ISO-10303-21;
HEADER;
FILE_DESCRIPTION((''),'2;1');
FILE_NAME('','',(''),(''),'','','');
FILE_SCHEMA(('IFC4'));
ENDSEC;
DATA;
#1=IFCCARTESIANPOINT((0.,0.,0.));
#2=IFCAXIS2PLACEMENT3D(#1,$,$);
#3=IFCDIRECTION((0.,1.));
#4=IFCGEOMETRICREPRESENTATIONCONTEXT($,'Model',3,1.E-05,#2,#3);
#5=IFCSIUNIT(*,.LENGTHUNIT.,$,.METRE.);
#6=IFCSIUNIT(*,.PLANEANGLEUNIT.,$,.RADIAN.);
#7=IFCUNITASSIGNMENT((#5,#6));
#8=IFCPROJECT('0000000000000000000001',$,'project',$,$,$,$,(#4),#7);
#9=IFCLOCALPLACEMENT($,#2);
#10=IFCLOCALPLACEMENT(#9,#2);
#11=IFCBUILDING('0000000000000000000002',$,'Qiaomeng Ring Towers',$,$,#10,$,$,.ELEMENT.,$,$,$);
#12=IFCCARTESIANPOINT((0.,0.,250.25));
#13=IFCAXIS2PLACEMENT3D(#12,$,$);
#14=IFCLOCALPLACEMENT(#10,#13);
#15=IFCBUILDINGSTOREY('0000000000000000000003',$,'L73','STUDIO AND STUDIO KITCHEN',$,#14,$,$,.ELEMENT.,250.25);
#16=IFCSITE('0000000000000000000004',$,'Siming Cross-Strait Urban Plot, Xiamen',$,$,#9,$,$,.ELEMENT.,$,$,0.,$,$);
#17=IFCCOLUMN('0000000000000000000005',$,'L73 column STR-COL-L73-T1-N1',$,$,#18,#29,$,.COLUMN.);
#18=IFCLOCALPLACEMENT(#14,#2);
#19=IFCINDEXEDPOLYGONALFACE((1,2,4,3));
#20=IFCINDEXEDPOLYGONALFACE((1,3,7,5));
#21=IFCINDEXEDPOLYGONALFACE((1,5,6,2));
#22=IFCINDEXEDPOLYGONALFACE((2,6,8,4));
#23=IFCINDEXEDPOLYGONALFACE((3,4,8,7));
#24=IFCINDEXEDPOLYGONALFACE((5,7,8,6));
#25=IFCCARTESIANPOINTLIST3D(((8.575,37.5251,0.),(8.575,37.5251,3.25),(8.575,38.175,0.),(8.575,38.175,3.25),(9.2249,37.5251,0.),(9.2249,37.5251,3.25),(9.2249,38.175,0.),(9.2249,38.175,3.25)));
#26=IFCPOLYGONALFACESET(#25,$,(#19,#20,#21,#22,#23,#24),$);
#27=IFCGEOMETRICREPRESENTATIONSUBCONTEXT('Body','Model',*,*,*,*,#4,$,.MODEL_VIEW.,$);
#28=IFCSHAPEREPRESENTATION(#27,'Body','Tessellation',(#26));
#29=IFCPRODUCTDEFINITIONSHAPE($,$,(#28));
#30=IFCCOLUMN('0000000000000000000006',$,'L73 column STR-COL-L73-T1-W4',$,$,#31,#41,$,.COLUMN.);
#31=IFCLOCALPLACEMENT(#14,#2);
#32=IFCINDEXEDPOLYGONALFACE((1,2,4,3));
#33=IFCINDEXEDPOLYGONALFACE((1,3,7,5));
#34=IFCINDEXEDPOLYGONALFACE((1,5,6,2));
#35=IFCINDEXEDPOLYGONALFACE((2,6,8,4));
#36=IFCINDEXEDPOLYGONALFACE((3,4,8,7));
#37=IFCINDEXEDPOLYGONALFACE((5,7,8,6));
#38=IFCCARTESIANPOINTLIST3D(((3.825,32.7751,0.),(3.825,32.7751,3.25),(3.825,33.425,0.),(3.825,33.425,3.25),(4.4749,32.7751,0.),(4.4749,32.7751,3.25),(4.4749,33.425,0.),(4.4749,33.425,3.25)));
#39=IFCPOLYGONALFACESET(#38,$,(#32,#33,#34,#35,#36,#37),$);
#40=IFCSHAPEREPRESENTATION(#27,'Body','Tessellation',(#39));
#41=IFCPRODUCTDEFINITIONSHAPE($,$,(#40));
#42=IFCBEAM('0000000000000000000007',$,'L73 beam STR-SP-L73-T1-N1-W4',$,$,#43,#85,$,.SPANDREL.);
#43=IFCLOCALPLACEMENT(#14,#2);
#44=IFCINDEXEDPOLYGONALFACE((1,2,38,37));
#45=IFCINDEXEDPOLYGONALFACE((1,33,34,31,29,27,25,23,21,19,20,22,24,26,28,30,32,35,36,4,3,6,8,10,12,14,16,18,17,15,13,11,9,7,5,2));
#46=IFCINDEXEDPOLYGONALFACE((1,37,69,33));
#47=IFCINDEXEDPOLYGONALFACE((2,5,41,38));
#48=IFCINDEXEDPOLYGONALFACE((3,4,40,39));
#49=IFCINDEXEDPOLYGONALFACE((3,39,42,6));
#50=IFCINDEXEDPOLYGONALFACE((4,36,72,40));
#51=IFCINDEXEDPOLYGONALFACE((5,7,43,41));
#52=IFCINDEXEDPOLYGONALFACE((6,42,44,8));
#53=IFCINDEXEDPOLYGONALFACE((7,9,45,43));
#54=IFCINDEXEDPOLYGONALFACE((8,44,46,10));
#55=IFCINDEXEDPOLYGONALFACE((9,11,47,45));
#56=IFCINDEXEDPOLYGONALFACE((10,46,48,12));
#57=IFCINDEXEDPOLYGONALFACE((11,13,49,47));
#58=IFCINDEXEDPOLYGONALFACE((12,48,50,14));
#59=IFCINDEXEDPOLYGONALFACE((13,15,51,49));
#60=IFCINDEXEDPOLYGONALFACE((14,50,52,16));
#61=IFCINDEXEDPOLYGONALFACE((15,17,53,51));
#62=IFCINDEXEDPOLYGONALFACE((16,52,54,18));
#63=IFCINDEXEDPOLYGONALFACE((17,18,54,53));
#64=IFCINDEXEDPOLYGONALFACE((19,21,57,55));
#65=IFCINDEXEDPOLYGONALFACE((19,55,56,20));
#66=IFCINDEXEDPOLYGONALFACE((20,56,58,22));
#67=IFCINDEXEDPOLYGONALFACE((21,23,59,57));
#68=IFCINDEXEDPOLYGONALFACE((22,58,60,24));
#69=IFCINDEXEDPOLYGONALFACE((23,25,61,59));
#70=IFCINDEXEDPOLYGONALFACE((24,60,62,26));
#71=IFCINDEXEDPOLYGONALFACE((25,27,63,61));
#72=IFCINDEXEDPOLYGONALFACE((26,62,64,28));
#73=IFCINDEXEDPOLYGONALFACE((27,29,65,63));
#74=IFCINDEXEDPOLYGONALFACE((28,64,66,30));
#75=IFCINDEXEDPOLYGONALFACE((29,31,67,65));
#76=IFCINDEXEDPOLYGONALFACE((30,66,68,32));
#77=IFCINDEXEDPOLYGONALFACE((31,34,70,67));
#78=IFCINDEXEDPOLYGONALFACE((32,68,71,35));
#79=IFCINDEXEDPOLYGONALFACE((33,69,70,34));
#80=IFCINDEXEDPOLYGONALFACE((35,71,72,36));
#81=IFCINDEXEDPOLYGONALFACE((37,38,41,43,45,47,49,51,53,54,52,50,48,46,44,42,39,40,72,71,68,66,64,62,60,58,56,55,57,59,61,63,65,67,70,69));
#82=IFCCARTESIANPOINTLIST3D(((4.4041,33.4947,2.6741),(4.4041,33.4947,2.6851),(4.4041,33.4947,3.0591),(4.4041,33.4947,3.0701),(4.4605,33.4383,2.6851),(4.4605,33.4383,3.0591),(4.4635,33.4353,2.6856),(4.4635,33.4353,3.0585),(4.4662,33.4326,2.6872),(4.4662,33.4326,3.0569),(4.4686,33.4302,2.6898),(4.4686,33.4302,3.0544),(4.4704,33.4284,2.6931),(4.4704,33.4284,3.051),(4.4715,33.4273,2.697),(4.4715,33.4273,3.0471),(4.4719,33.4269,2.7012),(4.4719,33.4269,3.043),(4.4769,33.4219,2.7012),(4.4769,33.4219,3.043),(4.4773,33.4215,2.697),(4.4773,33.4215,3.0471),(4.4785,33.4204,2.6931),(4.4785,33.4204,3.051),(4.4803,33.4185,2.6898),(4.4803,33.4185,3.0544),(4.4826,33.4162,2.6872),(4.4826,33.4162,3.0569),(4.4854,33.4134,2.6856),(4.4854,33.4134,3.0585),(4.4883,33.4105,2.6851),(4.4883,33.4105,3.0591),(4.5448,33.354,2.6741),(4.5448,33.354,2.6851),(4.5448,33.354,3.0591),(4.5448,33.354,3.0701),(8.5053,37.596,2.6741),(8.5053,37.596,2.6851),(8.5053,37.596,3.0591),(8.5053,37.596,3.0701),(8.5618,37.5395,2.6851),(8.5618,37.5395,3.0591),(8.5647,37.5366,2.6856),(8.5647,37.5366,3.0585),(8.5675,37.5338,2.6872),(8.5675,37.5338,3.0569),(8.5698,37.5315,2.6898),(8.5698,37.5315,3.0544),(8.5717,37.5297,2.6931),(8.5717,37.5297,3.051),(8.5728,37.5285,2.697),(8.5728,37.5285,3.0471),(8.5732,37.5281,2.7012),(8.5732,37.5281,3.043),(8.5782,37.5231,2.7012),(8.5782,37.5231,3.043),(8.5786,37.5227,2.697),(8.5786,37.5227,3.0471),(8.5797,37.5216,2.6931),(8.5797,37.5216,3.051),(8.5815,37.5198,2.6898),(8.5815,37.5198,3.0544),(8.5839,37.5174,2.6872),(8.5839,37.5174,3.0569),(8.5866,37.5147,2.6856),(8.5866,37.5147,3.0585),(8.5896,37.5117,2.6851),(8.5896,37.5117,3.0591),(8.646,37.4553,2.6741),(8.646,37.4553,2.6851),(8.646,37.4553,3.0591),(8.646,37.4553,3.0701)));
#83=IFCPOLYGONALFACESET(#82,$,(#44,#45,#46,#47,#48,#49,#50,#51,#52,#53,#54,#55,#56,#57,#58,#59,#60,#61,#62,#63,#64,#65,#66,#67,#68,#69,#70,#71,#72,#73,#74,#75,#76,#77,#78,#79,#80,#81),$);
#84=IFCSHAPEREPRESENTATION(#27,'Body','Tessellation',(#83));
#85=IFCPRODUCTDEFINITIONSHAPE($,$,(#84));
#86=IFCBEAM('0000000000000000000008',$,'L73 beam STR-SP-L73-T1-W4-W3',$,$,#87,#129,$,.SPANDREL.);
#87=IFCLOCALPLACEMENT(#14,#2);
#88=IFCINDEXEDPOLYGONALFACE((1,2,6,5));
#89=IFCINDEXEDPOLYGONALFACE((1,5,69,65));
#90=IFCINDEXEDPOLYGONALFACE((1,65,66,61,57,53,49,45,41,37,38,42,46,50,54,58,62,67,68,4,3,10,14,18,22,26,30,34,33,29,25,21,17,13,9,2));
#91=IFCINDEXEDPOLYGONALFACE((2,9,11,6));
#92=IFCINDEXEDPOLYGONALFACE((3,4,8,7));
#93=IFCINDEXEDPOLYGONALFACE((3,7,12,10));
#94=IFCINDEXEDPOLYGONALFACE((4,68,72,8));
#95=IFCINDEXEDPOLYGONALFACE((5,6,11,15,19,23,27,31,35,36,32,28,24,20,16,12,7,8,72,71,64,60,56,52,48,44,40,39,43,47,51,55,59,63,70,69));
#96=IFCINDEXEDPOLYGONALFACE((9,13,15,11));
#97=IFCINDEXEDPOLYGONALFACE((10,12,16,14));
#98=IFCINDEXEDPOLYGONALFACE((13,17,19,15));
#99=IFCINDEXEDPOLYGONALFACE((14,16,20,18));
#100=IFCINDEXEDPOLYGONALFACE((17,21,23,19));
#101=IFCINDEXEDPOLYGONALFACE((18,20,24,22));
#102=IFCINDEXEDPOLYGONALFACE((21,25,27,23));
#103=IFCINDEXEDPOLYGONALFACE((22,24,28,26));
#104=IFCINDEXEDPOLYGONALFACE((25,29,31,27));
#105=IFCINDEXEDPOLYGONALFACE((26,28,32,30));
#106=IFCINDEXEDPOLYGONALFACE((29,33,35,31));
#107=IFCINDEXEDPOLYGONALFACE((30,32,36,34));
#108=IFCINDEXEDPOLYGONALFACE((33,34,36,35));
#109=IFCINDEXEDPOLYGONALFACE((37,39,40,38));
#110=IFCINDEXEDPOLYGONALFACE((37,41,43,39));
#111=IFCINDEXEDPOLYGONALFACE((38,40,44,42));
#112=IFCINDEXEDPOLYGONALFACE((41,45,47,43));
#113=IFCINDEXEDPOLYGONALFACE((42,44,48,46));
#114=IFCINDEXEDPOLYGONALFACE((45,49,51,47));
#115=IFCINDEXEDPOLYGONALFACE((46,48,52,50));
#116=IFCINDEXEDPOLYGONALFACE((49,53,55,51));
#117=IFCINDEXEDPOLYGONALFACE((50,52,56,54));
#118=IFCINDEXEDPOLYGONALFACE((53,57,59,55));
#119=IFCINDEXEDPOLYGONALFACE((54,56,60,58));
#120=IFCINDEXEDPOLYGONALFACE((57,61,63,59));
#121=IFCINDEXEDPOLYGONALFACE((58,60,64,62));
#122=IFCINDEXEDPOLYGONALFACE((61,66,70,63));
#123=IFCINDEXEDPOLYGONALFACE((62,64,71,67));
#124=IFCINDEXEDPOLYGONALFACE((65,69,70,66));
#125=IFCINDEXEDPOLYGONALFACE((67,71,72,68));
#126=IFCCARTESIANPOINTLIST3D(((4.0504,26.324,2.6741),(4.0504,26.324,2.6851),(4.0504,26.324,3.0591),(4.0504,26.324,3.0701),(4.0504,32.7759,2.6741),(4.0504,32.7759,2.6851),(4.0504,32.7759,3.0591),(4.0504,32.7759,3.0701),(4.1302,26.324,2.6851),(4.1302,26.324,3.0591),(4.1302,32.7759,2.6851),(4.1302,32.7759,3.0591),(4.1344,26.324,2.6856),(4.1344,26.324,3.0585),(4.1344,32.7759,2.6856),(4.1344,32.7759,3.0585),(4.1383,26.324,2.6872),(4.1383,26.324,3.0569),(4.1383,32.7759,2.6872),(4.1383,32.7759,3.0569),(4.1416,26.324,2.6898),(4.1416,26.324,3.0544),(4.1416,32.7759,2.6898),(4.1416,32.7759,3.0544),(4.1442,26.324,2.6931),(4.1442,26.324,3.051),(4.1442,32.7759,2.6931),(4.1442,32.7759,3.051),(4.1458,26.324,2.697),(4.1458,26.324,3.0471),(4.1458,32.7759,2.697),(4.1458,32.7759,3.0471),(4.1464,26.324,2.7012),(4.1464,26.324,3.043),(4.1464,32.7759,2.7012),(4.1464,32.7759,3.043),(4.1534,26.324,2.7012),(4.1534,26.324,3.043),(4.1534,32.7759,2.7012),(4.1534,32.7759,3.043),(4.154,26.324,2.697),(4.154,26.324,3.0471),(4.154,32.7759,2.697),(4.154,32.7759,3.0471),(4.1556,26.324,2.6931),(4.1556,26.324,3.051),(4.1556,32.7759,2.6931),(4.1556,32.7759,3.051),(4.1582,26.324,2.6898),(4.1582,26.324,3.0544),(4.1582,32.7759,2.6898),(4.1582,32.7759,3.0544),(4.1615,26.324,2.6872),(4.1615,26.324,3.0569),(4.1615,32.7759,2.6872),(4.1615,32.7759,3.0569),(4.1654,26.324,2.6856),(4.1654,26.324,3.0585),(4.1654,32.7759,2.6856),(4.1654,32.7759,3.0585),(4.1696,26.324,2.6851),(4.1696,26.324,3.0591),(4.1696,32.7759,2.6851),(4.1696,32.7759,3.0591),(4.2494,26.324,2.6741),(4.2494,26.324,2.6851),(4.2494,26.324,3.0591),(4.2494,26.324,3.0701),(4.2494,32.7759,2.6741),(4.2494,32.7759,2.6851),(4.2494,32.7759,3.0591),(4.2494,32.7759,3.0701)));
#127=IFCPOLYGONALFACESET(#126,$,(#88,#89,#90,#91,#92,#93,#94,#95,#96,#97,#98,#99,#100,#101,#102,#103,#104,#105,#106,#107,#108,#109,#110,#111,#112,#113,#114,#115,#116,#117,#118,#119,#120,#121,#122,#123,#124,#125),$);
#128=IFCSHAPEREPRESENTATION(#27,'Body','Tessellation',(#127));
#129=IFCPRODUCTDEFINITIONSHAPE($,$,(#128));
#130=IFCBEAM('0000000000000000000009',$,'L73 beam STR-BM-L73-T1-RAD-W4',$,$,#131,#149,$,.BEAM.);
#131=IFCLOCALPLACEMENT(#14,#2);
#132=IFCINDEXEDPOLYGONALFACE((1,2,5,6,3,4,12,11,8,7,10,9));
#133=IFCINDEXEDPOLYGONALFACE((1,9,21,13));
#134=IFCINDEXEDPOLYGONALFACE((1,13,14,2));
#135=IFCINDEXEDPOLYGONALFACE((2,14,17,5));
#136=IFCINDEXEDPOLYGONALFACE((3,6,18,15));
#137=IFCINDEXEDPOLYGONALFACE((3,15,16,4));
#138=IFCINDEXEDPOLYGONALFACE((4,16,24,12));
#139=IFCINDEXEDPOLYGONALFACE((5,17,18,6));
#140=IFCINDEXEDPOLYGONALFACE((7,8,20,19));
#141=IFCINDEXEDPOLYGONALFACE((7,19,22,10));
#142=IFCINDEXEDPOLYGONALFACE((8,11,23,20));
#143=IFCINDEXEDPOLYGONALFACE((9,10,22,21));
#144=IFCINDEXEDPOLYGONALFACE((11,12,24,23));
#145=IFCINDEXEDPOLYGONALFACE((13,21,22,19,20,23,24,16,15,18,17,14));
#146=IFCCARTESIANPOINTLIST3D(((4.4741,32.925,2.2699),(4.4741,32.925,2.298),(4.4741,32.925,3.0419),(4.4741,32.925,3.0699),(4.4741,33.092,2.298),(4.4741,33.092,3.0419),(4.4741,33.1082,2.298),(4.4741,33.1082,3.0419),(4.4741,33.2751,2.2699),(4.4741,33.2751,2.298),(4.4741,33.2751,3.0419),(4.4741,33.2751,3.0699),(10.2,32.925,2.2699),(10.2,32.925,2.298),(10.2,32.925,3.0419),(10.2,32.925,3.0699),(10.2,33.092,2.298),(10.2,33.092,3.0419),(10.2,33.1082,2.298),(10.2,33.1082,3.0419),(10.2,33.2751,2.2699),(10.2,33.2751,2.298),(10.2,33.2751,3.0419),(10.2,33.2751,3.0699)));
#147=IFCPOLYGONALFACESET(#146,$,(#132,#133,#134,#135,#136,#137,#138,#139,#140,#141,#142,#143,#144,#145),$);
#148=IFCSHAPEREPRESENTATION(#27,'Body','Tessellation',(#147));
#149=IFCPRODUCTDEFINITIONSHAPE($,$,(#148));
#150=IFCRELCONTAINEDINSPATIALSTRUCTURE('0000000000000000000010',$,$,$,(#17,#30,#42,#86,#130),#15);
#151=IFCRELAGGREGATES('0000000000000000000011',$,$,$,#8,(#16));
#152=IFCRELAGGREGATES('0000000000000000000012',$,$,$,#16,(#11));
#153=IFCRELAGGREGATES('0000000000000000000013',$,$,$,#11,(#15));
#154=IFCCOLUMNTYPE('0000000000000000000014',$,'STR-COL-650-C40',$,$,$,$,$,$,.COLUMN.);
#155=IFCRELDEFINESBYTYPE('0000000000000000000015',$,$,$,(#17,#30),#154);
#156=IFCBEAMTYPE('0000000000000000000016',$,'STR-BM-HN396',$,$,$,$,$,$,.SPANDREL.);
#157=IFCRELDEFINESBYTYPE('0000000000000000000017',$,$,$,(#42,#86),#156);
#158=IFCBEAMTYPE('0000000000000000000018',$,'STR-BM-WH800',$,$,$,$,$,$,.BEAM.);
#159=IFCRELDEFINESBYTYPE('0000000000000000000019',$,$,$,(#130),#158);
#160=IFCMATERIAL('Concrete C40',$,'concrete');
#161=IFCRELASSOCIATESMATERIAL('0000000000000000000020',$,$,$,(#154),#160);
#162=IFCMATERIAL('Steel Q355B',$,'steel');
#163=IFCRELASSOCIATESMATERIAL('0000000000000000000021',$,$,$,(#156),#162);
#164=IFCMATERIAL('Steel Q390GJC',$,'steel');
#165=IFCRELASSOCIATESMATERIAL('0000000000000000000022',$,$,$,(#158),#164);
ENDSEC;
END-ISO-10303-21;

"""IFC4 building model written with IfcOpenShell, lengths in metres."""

from ifc_helpers import new_model, si_unit, direction, frame, origin, origin_2d, place, context, subcontext, project, spatial, rectangle, i_section, extrude, source, transform, mapped, material, material_profile, profile_set, type_object, element, save


model = new_model("IFC4")

# Units and contexts
model_context = context("Model", 3, precision=1e-05, world=origin(), true_north=direction((0.0, 1.0)))
body_context = subcontext(model_context, "Body", "Model", "MODEL_VIEW")
ifc_project = project(units=[si_unit("LENGTHUNIT", "METRE"), si_unit("PLANEANGLEUNIT", "RADIAN")], contexts=[model_context])

# Site, building, storey
site_placement = place(None, origin())
site = spatial("IfcSite", under=ifc_project, at=site_placement, Name="Siming Cross-Strait Urban Plot, Xiamen", CompositionType="ELEMENT", RefElevation=0.0)
building_placement = place(site_placement, origin())
building = spatial("IfcBuilding", under=site, at=building_placement, Name="Qiaomeng Ring Towers", CompositionType="ELEMENT")
storey_placement = place(building_placement, frame((0.0, 0.0, 250.25)))
storey = spatial("IfcBuildingStorey", under=building, at=storey_placement, Name="L73", Description="STUDIO AND STUDIO KITCHEN", CompositionType="ELEMENT", Elevation=250.25)

# Columns
ifc_material_1 = material(Name="Concrete C40", Category="concrete")
ifc_material_profile_1 = material_profile(ifc_material_1, rectangle(XDim=0.6499, YDim=0.6499, at=origin_2d()), Name="RC COL 650x650")
ifc_profile_set_1 = profile_set([ifc_material_profile_1], Name="Concrete C40")
column_type = type_object("IfcColumnType", Name="STR-COL-650-C40", PredefinedType="COLUMN", material=ifc_profile_set_1)
shared_shape_1 = source(origin(), body_context, "Body", "SweptSolid", [
    extrude(rectangle(XDim=0.6499, YDim=0.6499, at=origin_2d()), origin(), (0.0, 0.0, 1.0), 3.25),
])
for number, where, z_axis, x_axis, name in (
    (1, (8.8999, 37.8501, 0.0), (0.0, 0.0, 1.0), (1.0, 0.0, 0.0), "L73 column STR-COL-L73-T1-N1"),
    (2, (4.1499, 33.1001, 0.0), (0.0, 0.0, 1.0), (1.0, 0.0, 0.0), "L73 column STR-COL-L73-T1-W4"),
):
    element("IfcColumn", number, at=place(storey_placement, frame(where, z_axis=z_axis, x_axis=x_axis)), inside=storey, type_object=column_type, Name=name, PredefinedType="COLUMN", context=body_context, shape_type="MappedRepresentation", body=[
        mapped(shared_shape_1, transform((0.0, 0.0, 0.0), x_axis=(1.0, 0.0, 0.0), y_axis=(0.0, 1.0, 0.0), z_axis=(0.0, 0.0, 1.0), scale=1.0)),
    ])

# Beams
ifc_material_2 = material(Name="Steel Q355B", Category="steel")
ifc_material_profile_2 = material_profile(ifc_material_2, i_section(OverallWidth=0.199, OverallDepth=0.396, WebThickness=0.0071, FlangeThickness=0.011, FilletRadius=0.0161, at=origin_2d()), Name="HN 396x199x7x11")
ifc_profile_set_2 = profile_set([ifc_material_profile_2], Name="Steel Q355B")
beam_type_1 = type_object("IfcBeamType", Name="STR-BM-HN396", PredefinedType="SPANDREL", material=ifc_profile_set_2)
shared_shape_2 = source(origin(), body_context, "Body", "SweptSolid", [
    extrude(i_section(OverallWidth=0.199, OverallDepth=0.396, WebThickness=0.0071, FlangeThickness=0.011, FilletRadius=0.0161, at=origin_2d()), origin(), (0.0, 0.0, 1.0), 5.8),
])
beam_1_placement = place(storey_placement, frame((8.5757, 37.5256, 2.8721), z_axis=(-0.707107, -0.707107, 0.0), x_axis=(0.707107, -0.707107, 0.0)))
element("IfcBeam", 3, at=beam_1_placement, inside=storey, type_object=beam_type_1, Name="L73 beam STR-SP-L73-T1-N1-W4", PredefinedType="SPANDREL", context=body_context, shape_type="MappedRepresentation", body=[
    mapped(shared_shape_2, transform((0.0, 0.0, 0.0), x_axis=(1.0, 0.0, 0.0), y_axis=(0.0, 1.0, 0.0), z_axis=(0.0, 0.0, 1.0), scale=1.0)),
])
shared_shape_3 = source(origin(), body_context, "Body", "SweptSolid", [
    extrude(i_section(OverallWidth=0.199, OverallDepth=0.396, WebThickness=0.0071, FlangeThickness=0.011, FilletRadius=0.0161, at=origin_2d()), origin(), (0.0, 0.0, 1.0), 6.4519),
])
beam_2_placement = place(storey_placement, frame((4.1499, 32.7759, 2.8721), z_axis=(0.0, -1.0, 0.0), x_axis=(1.0, 0.0, 0.0)))
element("IfcBeam", 4, at=beam_2_placement, inside=storey, type_object=beam_type_1, Name="L73 beam STR-SP-L73-T1-W4-W3", PredefinedType="SPANDREL", context=body_context, shape_type="MappedRepresentation", body=[
    mapped(shared_shape_3, transform((0.0, 0.0, 0.0), x_axis=(1.0, 0.0, 0.0), y_axis=(0.0, 1.0, 0.0), z_axis=(0.0, 0.0, 1.0), scale=1.0)),
])
ifc_material_3 = material(Name="Steel Q390GJC", Category="steel")
ifc_material_profile_3 = material_profile(ifc_material_3, i_section(OverallWidth=0.3501, OverallDepth=0.8, WebThickness=0.0161, FlangeThickness=0.0281, at=origin_2d()), Name="WH 800x350x16x28")
ifc_profile_set_3 = profile_set([ifc_material_profile_3], Name="Steel Q390GJC")
beam_type_2 = type_object("IfcBeamType", Name="STR-BM-WH800", PredefinedType="BEAM", material=ifc_profile_set_3)
shared_shape_4 = source(origin(), body_context, "Body", "SweptSolid", [
    extrude(i_section(OverallWidth=0.3501, OverallDepth=0.8, WebThickness=0.0161, FlangeThickness=0.0281, at=origin_2d()), origin(), (0.0, 0.0, 1.0), 5.7258),
])
beam_3_placement = place(storey_placement, frame((4.4741, 33.1001, 2.6699), z_axis=(1.0, 0.0, 0.0), x_axis=(0.0, 1.0, 0.0)))
element("IfcBeam", 5, at=beam_3_placement, inside=storey, type_object=beam_type_2, Name="L73 beam STR-BM-L73-T1-RAD-W4", PredefinedType="BEAM", context=body_context, shape_type="MappedRepresentation", body=[
    mapped(shared_shape_4, transform((0.0, 0.0, 0.0), x_axis=(1.0, 0.0, 0.0), y_axis=(0.0, 1.0, 0.0), z_axis=(0.0, 0.0, 1.0), scale=1.0)),
])

save(model, "model.ifc")
